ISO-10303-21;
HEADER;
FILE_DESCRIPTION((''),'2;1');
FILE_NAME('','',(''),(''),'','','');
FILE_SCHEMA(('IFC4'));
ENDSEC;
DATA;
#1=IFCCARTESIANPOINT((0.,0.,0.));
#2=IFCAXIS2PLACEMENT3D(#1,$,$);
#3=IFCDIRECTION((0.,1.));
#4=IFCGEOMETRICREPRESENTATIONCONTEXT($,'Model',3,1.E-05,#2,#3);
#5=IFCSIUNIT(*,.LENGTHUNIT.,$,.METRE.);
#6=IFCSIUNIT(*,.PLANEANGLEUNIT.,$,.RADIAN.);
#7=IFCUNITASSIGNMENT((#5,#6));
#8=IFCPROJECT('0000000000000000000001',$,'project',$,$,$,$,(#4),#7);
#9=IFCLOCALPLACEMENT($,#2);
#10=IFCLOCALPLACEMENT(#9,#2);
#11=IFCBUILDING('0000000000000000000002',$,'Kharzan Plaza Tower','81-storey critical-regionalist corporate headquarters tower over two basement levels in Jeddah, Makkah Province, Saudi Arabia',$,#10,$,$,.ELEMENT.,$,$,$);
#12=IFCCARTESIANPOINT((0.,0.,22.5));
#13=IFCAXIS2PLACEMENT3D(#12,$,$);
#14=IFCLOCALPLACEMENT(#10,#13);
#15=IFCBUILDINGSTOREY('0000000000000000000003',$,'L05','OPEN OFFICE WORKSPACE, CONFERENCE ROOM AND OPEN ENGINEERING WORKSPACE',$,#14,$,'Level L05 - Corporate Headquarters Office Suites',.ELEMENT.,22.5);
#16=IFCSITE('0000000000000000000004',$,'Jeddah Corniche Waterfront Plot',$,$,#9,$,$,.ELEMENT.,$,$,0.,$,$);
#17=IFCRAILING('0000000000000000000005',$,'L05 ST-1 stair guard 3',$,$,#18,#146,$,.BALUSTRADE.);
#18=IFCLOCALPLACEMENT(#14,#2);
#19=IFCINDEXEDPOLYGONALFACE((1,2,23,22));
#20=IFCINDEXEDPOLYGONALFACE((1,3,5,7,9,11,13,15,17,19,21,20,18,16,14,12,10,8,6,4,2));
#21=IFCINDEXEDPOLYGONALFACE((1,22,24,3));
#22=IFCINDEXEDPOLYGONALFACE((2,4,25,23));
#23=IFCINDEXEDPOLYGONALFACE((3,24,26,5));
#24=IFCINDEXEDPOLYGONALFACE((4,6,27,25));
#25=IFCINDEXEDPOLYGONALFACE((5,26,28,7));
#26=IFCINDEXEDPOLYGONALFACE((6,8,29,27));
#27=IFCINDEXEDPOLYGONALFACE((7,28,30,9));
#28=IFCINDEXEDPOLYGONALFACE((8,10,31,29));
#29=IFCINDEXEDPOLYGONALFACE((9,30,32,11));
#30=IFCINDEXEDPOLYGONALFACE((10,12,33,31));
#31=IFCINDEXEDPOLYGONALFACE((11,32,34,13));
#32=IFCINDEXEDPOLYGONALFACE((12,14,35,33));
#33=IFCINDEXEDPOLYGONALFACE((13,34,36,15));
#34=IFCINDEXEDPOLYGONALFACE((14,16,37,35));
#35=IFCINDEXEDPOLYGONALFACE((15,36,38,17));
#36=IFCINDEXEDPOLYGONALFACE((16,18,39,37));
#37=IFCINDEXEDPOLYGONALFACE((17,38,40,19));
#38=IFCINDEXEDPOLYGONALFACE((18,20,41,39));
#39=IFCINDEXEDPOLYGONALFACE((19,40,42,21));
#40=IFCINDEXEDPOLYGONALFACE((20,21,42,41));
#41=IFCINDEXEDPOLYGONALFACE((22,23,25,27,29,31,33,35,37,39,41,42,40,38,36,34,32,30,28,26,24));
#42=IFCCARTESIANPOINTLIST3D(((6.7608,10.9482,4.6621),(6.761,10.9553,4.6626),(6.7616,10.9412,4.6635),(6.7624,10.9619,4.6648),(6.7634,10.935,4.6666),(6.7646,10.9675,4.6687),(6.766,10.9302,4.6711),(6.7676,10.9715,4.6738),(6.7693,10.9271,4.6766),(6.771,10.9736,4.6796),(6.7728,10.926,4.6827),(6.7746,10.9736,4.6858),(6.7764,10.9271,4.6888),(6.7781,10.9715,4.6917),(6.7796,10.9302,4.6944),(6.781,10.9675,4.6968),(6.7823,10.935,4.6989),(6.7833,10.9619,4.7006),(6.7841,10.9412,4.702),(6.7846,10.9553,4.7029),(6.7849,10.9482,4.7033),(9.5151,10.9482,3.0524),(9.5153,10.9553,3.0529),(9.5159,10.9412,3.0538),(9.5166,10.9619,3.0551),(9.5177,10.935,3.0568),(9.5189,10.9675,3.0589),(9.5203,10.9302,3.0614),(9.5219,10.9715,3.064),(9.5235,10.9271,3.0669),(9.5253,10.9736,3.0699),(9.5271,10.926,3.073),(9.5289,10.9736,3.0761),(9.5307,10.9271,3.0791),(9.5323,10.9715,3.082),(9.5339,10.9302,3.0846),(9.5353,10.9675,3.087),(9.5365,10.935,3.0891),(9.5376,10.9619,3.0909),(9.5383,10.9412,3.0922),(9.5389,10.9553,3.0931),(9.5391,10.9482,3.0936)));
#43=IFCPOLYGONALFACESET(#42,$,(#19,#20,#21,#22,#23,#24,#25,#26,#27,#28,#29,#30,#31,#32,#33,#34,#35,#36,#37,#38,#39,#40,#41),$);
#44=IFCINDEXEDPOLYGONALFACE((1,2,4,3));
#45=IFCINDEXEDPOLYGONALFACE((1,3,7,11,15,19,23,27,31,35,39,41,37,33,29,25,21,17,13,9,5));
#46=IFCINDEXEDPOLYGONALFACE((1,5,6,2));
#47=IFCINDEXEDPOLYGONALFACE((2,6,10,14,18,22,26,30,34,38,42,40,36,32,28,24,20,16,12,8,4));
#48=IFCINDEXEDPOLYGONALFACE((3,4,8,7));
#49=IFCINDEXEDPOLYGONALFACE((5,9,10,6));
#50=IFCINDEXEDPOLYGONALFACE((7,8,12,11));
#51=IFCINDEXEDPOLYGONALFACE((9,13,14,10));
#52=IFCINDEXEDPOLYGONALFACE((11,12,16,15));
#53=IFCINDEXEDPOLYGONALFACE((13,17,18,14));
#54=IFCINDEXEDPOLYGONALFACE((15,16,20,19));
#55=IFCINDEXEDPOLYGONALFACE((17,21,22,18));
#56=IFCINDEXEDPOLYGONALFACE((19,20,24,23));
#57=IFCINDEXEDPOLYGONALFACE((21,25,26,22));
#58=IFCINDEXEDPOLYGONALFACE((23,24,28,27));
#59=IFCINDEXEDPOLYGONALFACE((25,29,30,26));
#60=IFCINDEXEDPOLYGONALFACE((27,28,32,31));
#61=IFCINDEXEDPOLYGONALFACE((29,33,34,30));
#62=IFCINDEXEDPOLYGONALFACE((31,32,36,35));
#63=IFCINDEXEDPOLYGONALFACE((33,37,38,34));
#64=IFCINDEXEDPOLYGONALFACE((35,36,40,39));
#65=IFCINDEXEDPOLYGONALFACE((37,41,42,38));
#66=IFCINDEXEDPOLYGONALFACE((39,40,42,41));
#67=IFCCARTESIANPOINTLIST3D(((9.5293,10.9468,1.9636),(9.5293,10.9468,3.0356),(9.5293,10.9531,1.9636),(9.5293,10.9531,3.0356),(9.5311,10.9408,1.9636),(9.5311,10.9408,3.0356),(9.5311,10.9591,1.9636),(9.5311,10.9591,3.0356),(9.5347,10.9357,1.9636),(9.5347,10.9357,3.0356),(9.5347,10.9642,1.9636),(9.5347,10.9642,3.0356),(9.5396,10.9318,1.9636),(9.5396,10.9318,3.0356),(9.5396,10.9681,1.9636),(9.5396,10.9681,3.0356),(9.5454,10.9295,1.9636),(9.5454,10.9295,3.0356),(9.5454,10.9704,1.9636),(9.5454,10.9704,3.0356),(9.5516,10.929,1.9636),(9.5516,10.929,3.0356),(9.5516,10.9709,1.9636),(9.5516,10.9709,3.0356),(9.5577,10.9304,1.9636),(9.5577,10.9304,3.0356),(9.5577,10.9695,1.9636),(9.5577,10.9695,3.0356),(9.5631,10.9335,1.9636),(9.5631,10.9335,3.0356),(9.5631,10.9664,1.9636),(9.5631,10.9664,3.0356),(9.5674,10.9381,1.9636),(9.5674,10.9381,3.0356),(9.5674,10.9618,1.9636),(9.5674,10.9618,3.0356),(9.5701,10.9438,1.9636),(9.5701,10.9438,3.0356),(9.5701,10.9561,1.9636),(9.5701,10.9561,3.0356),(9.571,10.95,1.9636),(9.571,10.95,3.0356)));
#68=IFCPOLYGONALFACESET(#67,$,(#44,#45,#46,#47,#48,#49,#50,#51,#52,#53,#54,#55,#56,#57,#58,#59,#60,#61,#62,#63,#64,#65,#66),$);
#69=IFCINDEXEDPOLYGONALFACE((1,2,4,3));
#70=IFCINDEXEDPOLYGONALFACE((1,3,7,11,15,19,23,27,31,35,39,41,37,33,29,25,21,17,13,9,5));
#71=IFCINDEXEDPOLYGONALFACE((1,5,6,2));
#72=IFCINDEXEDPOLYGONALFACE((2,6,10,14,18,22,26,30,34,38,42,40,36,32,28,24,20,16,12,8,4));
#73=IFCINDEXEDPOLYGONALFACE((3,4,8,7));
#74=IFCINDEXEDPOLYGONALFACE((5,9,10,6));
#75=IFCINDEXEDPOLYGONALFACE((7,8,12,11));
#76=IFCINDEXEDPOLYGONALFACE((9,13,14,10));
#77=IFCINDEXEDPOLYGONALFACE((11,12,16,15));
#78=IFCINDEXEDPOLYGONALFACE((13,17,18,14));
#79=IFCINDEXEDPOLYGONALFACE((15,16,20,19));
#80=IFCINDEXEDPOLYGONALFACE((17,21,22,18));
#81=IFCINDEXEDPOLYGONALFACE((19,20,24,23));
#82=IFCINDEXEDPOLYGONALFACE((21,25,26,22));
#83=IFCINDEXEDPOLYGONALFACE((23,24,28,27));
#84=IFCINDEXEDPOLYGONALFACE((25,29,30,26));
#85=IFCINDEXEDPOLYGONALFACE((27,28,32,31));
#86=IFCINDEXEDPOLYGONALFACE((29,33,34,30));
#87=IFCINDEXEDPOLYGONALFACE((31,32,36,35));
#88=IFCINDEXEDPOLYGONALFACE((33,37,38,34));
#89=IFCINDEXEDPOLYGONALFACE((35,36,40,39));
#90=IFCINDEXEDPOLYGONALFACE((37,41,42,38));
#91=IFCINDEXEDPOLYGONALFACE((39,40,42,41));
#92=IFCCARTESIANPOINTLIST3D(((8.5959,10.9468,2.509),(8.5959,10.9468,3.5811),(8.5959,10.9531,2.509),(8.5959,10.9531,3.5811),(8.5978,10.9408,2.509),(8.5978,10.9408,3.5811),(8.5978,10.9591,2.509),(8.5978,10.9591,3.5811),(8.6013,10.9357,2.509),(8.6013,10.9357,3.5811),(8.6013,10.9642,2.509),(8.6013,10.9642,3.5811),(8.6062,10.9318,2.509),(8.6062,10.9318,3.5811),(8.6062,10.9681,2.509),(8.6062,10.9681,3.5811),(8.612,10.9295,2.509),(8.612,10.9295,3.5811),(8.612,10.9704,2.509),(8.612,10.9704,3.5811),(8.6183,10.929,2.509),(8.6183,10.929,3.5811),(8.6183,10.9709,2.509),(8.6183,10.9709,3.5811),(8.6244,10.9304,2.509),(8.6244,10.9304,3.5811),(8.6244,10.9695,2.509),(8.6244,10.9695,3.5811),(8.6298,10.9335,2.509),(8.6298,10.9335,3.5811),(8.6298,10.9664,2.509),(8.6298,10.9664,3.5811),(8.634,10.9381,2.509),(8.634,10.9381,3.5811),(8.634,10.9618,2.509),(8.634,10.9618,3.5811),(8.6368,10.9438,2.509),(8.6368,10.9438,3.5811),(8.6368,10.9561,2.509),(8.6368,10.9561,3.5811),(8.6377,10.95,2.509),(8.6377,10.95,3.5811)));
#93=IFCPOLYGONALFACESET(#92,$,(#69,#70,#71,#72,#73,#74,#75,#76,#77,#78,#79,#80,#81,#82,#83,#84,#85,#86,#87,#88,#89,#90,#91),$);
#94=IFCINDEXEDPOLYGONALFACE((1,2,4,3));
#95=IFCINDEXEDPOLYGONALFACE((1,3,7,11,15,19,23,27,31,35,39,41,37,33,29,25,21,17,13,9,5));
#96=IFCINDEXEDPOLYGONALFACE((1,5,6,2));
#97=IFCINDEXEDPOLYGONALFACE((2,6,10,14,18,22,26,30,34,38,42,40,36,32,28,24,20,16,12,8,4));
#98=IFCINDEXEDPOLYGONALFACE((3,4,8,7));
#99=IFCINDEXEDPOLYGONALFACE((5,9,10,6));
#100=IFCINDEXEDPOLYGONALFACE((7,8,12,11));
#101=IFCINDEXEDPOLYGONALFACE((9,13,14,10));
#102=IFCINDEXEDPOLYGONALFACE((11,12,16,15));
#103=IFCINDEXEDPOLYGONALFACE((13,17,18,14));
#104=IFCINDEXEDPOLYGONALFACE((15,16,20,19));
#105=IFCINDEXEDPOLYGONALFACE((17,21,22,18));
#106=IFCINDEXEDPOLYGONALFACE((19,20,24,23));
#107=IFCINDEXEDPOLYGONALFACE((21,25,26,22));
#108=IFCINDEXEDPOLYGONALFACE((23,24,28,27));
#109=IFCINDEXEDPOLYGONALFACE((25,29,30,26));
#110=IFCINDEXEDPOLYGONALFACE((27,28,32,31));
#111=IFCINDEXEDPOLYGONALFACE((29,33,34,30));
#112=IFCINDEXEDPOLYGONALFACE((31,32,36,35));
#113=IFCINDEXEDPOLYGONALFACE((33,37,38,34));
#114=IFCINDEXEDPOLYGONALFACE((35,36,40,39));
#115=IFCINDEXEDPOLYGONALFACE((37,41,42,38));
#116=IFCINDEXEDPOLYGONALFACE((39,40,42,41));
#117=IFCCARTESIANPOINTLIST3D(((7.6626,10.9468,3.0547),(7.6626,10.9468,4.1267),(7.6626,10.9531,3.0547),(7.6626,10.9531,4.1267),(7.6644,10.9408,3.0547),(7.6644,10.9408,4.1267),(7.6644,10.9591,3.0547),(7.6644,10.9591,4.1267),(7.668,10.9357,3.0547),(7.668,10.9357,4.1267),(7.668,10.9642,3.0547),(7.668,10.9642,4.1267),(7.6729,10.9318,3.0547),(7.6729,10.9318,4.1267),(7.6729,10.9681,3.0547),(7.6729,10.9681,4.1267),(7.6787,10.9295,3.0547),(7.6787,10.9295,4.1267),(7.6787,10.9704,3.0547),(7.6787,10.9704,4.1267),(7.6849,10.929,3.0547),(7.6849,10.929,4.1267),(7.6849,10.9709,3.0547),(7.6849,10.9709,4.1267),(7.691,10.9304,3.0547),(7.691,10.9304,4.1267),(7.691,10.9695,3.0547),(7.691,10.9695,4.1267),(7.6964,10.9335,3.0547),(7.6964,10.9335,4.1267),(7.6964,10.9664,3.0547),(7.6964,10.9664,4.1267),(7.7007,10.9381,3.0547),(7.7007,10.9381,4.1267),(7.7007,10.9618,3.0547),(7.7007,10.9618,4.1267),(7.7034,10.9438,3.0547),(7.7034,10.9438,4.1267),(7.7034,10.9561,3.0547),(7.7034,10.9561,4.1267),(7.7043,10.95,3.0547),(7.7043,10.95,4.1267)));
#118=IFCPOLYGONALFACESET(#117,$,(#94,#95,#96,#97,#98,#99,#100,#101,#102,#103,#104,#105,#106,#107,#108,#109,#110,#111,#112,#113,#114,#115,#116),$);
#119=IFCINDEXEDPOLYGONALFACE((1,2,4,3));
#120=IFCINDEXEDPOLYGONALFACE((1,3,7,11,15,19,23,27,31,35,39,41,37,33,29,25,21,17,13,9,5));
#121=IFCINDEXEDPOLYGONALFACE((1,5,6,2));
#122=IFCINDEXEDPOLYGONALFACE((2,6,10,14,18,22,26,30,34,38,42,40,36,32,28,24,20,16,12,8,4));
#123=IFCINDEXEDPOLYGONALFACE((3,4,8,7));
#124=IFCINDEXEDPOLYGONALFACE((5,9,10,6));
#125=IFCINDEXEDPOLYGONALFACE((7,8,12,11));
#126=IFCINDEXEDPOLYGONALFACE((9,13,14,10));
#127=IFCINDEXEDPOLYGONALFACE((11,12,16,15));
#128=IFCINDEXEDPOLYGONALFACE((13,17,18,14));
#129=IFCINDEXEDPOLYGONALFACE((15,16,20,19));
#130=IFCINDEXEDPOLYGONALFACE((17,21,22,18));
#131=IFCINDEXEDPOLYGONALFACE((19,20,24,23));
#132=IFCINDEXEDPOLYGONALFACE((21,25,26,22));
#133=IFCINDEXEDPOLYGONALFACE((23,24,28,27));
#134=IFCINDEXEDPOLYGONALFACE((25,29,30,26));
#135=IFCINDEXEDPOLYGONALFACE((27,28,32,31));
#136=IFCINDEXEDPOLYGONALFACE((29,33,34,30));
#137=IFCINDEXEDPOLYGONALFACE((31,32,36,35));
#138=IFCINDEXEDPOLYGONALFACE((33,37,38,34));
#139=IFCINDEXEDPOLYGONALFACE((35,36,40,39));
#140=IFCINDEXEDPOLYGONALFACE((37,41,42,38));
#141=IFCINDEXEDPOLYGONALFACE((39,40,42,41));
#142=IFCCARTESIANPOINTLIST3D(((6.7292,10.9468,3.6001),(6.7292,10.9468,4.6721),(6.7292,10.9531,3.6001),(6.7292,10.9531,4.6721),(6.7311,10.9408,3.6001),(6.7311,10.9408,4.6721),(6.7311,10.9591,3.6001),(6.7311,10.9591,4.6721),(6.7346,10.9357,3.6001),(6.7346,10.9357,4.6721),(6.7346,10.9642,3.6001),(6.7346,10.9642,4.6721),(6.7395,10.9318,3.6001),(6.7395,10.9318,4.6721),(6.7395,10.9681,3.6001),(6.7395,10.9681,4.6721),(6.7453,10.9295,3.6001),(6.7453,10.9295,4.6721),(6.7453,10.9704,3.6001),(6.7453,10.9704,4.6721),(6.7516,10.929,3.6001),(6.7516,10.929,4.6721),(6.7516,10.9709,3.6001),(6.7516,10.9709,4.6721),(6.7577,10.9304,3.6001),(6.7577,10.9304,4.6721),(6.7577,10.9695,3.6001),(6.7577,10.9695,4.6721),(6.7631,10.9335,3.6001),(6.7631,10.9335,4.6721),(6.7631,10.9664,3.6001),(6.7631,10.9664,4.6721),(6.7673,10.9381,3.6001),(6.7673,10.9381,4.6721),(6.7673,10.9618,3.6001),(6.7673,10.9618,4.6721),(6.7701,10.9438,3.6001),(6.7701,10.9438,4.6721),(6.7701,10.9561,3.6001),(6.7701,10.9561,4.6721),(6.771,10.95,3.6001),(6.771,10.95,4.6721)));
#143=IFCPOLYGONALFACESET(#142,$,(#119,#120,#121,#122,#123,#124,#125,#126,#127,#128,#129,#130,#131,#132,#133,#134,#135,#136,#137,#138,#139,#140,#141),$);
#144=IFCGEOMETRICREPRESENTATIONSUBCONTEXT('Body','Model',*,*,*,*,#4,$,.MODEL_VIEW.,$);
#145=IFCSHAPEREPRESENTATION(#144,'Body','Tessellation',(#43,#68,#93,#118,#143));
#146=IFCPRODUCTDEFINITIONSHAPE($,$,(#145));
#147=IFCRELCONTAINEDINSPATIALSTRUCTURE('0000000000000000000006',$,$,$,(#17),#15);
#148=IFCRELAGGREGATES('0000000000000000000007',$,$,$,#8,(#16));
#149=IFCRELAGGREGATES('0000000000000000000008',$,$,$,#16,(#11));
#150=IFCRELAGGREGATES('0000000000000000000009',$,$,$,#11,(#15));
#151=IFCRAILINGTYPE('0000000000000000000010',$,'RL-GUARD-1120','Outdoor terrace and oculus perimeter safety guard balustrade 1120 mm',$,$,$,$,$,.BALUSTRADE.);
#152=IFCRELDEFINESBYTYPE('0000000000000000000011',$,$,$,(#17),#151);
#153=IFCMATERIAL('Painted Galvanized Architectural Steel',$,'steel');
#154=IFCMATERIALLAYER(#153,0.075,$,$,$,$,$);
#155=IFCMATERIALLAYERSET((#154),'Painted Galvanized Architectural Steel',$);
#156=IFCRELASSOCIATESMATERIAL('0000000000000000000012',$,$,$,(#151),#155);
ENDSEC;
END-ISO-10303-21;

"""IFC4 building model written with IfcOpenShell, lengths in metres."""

from ifc_helpers import new_model, si_unit, direction, frame, origin, origin_2d, place, context, subcontext, project, spatial, circle, extrude, source, transform, mapped, material, layer, layer_set, type_object, element, save


model = new_model("IFC4")

# Units and contexts
model_context = context("Model", 3, precision=1e-05, world=origin(), true_north=direction((0.0, 1.0)))
body_context = subcontext(model_context, "Body", "Model", "MODEL_VIEW")
ifc_project = project(units=[si_unit("LENGTHUNIT", "METRE"), si_unit("PLANEANGLEUNIT", "RADIAN")], contexts=[model_context])

# Site, building, storey
site_placement = place(None, origin())
site = spatial("IfcSite", under=ifc_project, at=site_placement, Name="Jeddah Corniche Waterfront Plot", CompositionType="ELEMENT", RefElevation=0.0)
building_placement = place(site_placement, origin())
building = spatial("IfcBuilding", under=site, at=building_placement, Name="Kharzan Plaza Tower", Description="81-storey critical-regionalist corporate headquarters tower over two basement levels in Jeddah, Makkah Province, Saudi Arabia", CompositionType="ELEMENT")
storey_placement = place(building_placement, frame((0.0, 0.0, 22.5)))
storey = spatial("IfcBuildingStorey", under=building, at=storey_placement, Name="L05", Description="OPEN OFFICE WORKSPACE, CONFERENCE ROOM AND OPEN ENGINEERING WORKSPACE", LongName="Level L05 - Corporate Headquarters Office Suites", CompositionType="ELEMENT", Elevation=22.5)

# Railing
ifc_material_1 = material(Name="Painted Galvanized Architectural Steel", Category="steel")
ifc_layer_1 = layer(ifc_material_1, 0.075)
ifc_layer_set_1 = layer_set([ifc_layer_1], Name="Painted Galvanized Architectural Steel")
railing_type_1 = type_object("IfcRailingType", Name="RL-GUARD-1120", Description="Outdoor terrace and oculus perimeter safety guard balustrade 1120 mm", PredefinedType="BALUSTRADE", material=ifc_layer_set_1)
shared_shape_1 = source(origin(), body_context, "Body", "SweptSolid", [
    extrude(circle(Radius=0.0239, at=origin_2d()), frame((-0.0229, 0.0, 1.1094), z_axis=(-0.863361, 0.0, 0.504587), x_axis=(0.0, -1.0, 0.0)), (0.0, 0.0, 1.0), 3.1902),
    extrude(circle(Radius=0.021, at=origin_2d()), origin(), (0.0, 0.0, 1.0), 1.072),
    extrude(circle(Radius=0.021, at=origin_2d()), frame((-0.9333, 0.0, 0.5454)), (0.0, 0.0, 1.0), 1.072),
    extrude(circle(Radius=0.021, at=origin_2d()), frame((-1.8667, 0.0, 1.0911)), (0.0, 0.0, 1.0), 1.072),
    extrude(circle(Radius=0.021, at=origin_2d()), frame((-2.8, 0.0, 1.6365)), (0.0, 0.0, 1.0), 1.072),
])
railing_1_placement = place(storey_placement, frame((9.55, 10.95, 1.9636)))
element("IfcRailing", 1, at=railing_1_placement, inside=storey, type_object=railing_type_1, Name="L05 ST-1 stair guard 3", PredefinedType="BALUSTRADE", context=body_context, shape_type="MappedRepresentation", body=[
    mapped(shared_shape_1, transform((0.0, 0.0, 0.0), x_axis=(1.0, 0.0, 0.0), y_axis=(0.0, 1.0, 0.0), z_axis=(0.0, 0.0, 1.0))),
])

save(model, "model.ifc")
